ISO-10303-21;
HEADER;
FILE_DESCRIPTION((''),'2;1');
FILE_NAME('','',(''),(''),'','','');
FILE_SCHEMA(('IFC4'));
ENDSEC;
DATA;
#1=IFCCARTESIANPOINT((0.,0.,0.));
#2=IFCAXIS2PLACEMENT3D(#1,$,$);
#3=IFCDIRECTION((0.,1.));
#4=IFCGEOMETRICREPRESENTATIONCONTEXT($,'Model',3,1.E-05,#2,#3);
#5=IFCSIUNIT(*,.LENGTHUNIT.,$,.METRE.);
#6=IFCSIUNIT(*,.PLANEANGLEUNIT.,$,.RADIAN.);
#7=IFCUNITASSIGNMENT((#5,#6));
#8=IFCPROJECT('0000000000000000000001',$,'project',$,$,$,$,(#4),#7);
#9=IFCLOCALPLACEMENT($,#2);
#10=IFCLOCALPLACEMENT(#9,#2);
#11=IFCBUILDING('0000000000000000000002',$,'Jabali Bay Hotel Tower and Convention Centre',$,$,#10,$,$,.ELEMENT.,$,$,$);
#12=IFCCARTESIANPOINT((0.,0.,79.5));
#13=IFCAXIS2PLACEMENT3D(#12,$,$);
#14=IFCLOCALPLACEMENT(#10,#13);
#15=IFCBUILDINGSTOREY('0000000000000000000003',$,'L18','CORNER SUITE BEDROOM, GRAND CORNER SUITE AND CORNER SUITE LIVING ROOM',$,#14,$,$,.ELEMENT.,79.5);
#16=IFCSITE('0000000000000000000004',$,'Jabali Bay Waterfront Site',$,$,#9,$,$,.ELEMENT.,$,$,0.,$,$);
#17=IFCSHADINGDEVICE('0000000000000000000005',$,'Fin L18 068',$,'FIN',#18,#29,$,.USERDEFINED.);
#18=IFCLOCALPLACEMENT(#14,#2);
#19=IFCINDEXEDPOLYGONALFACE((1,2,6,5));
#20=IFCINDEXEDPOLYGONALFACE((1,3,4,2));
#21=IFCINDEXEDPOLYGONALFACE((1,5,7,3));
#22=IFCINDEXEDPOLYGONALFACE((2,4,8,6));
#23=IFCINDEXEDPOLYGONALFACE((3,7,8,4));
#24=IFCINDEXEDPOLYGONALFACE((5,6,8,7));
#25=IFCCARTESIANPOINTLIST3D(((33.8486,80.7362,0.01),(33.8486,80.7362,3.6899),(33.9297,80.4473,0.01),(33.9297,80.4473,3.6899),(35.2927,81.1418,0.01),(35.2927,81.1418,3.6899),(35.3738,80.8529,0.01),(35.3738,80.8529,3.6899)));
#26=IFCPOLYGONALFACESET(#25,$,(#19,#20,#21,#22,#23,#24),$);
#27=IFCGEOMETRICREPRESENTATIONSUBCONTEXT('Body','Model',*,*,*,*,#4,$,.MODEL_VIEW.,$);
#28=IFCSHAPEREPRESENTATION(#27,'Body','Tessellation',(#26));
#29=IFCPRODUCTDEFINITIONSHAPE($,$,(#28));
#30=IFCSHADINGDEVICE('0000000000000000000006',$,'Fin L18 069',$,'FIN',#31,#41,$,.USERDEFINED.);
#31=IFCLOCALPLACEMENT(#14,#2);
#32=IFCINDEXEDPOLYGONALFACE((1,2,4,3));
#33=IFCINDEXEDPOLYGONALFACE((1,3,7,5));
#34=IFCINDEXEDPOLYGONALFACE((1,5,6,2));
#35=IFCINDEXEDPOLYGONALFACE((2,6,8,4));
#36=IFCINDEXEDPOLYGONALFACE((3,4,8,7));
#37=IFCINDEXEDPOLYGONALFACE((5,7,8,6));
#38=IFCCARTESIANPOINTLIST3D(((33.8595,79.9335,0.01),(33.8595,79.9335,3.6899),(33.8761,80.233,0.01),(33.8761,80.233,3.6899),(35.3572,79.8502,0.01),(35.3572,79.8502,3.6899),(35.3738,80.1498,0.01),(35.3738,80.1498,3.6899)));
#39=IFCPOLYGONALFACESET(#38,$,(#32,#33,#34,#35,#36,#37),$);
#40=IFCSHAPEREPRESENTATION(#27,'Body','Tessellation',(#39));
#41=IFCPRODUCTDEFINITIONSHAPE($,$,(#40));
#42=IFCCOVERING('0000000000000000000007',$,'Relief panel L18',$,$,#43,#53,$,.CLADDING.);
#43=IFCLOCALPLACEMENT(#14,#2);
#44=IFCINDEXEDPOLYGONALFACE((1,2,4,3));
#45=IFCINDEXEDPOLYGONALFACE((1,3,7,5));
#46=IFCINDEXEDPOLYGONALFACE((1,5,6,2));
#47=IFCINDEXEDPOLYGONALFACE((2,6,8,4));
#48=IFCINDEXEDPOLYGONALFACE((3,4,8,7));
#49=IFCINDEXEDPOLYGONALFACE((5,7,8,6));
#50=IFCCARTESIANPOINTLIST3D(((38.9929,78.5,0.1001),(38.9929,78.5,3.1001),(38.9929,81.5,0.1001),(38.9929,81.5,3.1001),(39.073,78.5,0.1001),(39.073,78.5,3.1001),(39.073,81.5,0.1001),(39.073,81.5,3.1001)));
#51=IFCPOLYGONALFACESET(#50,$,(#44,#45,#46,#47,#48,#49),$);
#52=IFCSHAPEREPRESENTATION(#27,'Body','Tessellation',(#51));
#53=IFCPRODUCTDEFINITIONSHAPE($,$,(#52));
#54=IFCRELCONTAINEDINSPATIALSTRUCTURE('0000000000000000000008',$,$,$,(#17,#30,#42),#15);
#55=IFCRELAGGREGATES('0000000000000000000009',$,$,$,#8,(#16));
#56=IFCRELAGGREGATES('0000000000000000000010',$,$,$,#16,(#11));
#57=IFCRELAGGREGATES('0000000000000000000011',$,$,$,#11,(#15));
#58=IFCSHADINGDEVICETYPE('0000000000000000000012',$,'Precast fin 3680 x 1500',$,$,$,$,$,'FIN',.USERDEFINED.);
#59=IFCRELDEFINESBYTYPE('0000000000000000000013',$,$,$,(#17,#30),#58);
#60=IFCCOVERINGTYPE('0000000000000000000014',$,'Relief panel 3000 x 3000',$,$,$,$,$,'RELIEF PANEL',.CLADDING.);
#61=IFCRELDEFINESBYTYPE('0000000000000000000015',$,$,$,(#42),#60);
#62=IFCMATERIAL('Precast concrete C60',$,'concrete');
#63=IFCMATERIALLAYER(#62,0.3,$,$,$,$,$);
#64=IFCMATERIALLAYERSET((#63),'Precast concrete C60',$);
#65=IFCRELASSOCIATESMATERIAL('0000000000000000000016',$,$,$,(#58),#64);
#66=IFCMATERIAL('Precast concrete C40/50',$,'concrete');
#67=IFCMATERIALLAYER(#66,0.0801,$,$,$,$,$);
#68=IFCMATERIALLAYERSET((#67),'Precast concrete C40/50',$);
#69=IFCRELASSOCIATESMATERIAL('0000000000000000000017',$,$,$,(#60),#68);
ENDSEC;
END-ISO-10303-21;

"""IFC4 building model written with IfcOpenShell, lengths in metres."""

from ifc_helpers import new_model, si_unit, direction, frame, frame_2d, origin, origin_2d, place, context, subcontext, project, spatial, rectangle, extrude, material, layer, layer_set, type_object, element, save


model = new_model("IFC4")

# Units and contexts
model_context = context("Model", 3, precision=1e-05, world=origin(), true_north=direction((0.0, 1.0)))
body_context = subcontext(model_context, "Body", "Model", "MODEL_VIEW")
ifc_project = project(units=[si_unit("LENGTHUNIT", "METRE"), si_unit("PLANEANGLEUNIT", "RADIAN")], contexts=[model_context])

# Site, building, storey
site_placement = place(None, origin())
site = spatial("IfcSite", under=ifc_project, at=site_placement, Name="Jabali Bay Waterfront Site", CompositionType="ELEMENT", RefElevation=0.0)
building_placement = place(site_placement, origin())
building = spatial("IfcBuilding", under=site, at=building_placement, Name="Jabali Bay Hotel Tower and Convention Centre", CompositionType="ELEMENT")
storey_placement = place(building_placement, frame((0.0, 0.0, 79.5)))
storey = spatial("IfcBuildingStorey", under=building, at=storey_placement, Name="L18", Description="CORNER SUITE BEDROOM, GRAND CORNER SUITE AND CORNER SUITE LIVING ROOM", CompositionType="ELEMENT", Elevation=79.5)

# Shading devices
ifc_material_1 = material(Name="Precast concrete C60", Category="concrete")
ifc_layer_1 = layer(ifc_material_1, 0.3)
ifc_layer_set_1 = layer_set([ifc_layer_1], Name="Precast concrete C60")
shading_device_type_1 = type_object("IfcShadingDeviceType", Name="Precast fin 3680 x 1500", ElementType="FIN", PredefinedType="USERDEFINED", material=ifc_layer_set_1)
for number, where, z_axis, x_axis, name in (
    (1, (35.3333, 80.9973, 0.01), (0.0, 0.0, 1.0), (-0.962761, -0.270354, 0.0), "Fin L18 068"),
    (2, (35.3655, 80.0, 0.01), (0.0, 0.0, 1.0), (-0.998459, 0.055497, 0.0), "Fin L18 069"),
):
    element("IfcShadingDevice", number, at=place(storey_placement, frame(where, z_axis=z_axis, x_axis=x_axis)), inside=storey, type_object=shading_device_type_1, Name=name, ObjectType="FIN", PredefinedType="USERDEFINED", context=body_context, shape_type="SweptSolid", body=[
        extrude(rectangle(XDim=1.5, YDim=0.3, at=frame_2d((0.75, 0.0))), origin(), (0.0, 0.0, 1.0), 3.6799),
    ])

# Covering
ifc_material_2 = material(Name="Precast concrete C40/50", Category="concrete")
ifc_layer_2 = layer(ifc_material_2, 0.0801)
ifc_layer_set_2 = layer_set([ifc_layer_2], Name="Precast concrete C40/50")
covering_type = type_object("IfcCoveringType", Name="Relief panel 3000 x 3000", ElementType="RELIEF PANEL", PredefinedType="CLADDING", material=ifc_layer_set_2)
covering_placement = place(storey_placement, frame((39.033, 80.0, 0.1001), z_axis=(0.0, 0.0, 1.0), x_axis=(0.0, 1.0, 0.0)))
element("IfcCovering", 3, at=covering_placement, inside=storey, type_object=covering_type, Name="Relief panel L18", PredefinedType="CLADDING", context=body_context, shape_type="SweptSolid", body=[
    extrude(rectangle(XDim=3.0, YDim=0.0801, at=origin_2d()), origin(), (0.0, 0.0, 1.0), 3.0),
])

save(model, "model.ifc")
